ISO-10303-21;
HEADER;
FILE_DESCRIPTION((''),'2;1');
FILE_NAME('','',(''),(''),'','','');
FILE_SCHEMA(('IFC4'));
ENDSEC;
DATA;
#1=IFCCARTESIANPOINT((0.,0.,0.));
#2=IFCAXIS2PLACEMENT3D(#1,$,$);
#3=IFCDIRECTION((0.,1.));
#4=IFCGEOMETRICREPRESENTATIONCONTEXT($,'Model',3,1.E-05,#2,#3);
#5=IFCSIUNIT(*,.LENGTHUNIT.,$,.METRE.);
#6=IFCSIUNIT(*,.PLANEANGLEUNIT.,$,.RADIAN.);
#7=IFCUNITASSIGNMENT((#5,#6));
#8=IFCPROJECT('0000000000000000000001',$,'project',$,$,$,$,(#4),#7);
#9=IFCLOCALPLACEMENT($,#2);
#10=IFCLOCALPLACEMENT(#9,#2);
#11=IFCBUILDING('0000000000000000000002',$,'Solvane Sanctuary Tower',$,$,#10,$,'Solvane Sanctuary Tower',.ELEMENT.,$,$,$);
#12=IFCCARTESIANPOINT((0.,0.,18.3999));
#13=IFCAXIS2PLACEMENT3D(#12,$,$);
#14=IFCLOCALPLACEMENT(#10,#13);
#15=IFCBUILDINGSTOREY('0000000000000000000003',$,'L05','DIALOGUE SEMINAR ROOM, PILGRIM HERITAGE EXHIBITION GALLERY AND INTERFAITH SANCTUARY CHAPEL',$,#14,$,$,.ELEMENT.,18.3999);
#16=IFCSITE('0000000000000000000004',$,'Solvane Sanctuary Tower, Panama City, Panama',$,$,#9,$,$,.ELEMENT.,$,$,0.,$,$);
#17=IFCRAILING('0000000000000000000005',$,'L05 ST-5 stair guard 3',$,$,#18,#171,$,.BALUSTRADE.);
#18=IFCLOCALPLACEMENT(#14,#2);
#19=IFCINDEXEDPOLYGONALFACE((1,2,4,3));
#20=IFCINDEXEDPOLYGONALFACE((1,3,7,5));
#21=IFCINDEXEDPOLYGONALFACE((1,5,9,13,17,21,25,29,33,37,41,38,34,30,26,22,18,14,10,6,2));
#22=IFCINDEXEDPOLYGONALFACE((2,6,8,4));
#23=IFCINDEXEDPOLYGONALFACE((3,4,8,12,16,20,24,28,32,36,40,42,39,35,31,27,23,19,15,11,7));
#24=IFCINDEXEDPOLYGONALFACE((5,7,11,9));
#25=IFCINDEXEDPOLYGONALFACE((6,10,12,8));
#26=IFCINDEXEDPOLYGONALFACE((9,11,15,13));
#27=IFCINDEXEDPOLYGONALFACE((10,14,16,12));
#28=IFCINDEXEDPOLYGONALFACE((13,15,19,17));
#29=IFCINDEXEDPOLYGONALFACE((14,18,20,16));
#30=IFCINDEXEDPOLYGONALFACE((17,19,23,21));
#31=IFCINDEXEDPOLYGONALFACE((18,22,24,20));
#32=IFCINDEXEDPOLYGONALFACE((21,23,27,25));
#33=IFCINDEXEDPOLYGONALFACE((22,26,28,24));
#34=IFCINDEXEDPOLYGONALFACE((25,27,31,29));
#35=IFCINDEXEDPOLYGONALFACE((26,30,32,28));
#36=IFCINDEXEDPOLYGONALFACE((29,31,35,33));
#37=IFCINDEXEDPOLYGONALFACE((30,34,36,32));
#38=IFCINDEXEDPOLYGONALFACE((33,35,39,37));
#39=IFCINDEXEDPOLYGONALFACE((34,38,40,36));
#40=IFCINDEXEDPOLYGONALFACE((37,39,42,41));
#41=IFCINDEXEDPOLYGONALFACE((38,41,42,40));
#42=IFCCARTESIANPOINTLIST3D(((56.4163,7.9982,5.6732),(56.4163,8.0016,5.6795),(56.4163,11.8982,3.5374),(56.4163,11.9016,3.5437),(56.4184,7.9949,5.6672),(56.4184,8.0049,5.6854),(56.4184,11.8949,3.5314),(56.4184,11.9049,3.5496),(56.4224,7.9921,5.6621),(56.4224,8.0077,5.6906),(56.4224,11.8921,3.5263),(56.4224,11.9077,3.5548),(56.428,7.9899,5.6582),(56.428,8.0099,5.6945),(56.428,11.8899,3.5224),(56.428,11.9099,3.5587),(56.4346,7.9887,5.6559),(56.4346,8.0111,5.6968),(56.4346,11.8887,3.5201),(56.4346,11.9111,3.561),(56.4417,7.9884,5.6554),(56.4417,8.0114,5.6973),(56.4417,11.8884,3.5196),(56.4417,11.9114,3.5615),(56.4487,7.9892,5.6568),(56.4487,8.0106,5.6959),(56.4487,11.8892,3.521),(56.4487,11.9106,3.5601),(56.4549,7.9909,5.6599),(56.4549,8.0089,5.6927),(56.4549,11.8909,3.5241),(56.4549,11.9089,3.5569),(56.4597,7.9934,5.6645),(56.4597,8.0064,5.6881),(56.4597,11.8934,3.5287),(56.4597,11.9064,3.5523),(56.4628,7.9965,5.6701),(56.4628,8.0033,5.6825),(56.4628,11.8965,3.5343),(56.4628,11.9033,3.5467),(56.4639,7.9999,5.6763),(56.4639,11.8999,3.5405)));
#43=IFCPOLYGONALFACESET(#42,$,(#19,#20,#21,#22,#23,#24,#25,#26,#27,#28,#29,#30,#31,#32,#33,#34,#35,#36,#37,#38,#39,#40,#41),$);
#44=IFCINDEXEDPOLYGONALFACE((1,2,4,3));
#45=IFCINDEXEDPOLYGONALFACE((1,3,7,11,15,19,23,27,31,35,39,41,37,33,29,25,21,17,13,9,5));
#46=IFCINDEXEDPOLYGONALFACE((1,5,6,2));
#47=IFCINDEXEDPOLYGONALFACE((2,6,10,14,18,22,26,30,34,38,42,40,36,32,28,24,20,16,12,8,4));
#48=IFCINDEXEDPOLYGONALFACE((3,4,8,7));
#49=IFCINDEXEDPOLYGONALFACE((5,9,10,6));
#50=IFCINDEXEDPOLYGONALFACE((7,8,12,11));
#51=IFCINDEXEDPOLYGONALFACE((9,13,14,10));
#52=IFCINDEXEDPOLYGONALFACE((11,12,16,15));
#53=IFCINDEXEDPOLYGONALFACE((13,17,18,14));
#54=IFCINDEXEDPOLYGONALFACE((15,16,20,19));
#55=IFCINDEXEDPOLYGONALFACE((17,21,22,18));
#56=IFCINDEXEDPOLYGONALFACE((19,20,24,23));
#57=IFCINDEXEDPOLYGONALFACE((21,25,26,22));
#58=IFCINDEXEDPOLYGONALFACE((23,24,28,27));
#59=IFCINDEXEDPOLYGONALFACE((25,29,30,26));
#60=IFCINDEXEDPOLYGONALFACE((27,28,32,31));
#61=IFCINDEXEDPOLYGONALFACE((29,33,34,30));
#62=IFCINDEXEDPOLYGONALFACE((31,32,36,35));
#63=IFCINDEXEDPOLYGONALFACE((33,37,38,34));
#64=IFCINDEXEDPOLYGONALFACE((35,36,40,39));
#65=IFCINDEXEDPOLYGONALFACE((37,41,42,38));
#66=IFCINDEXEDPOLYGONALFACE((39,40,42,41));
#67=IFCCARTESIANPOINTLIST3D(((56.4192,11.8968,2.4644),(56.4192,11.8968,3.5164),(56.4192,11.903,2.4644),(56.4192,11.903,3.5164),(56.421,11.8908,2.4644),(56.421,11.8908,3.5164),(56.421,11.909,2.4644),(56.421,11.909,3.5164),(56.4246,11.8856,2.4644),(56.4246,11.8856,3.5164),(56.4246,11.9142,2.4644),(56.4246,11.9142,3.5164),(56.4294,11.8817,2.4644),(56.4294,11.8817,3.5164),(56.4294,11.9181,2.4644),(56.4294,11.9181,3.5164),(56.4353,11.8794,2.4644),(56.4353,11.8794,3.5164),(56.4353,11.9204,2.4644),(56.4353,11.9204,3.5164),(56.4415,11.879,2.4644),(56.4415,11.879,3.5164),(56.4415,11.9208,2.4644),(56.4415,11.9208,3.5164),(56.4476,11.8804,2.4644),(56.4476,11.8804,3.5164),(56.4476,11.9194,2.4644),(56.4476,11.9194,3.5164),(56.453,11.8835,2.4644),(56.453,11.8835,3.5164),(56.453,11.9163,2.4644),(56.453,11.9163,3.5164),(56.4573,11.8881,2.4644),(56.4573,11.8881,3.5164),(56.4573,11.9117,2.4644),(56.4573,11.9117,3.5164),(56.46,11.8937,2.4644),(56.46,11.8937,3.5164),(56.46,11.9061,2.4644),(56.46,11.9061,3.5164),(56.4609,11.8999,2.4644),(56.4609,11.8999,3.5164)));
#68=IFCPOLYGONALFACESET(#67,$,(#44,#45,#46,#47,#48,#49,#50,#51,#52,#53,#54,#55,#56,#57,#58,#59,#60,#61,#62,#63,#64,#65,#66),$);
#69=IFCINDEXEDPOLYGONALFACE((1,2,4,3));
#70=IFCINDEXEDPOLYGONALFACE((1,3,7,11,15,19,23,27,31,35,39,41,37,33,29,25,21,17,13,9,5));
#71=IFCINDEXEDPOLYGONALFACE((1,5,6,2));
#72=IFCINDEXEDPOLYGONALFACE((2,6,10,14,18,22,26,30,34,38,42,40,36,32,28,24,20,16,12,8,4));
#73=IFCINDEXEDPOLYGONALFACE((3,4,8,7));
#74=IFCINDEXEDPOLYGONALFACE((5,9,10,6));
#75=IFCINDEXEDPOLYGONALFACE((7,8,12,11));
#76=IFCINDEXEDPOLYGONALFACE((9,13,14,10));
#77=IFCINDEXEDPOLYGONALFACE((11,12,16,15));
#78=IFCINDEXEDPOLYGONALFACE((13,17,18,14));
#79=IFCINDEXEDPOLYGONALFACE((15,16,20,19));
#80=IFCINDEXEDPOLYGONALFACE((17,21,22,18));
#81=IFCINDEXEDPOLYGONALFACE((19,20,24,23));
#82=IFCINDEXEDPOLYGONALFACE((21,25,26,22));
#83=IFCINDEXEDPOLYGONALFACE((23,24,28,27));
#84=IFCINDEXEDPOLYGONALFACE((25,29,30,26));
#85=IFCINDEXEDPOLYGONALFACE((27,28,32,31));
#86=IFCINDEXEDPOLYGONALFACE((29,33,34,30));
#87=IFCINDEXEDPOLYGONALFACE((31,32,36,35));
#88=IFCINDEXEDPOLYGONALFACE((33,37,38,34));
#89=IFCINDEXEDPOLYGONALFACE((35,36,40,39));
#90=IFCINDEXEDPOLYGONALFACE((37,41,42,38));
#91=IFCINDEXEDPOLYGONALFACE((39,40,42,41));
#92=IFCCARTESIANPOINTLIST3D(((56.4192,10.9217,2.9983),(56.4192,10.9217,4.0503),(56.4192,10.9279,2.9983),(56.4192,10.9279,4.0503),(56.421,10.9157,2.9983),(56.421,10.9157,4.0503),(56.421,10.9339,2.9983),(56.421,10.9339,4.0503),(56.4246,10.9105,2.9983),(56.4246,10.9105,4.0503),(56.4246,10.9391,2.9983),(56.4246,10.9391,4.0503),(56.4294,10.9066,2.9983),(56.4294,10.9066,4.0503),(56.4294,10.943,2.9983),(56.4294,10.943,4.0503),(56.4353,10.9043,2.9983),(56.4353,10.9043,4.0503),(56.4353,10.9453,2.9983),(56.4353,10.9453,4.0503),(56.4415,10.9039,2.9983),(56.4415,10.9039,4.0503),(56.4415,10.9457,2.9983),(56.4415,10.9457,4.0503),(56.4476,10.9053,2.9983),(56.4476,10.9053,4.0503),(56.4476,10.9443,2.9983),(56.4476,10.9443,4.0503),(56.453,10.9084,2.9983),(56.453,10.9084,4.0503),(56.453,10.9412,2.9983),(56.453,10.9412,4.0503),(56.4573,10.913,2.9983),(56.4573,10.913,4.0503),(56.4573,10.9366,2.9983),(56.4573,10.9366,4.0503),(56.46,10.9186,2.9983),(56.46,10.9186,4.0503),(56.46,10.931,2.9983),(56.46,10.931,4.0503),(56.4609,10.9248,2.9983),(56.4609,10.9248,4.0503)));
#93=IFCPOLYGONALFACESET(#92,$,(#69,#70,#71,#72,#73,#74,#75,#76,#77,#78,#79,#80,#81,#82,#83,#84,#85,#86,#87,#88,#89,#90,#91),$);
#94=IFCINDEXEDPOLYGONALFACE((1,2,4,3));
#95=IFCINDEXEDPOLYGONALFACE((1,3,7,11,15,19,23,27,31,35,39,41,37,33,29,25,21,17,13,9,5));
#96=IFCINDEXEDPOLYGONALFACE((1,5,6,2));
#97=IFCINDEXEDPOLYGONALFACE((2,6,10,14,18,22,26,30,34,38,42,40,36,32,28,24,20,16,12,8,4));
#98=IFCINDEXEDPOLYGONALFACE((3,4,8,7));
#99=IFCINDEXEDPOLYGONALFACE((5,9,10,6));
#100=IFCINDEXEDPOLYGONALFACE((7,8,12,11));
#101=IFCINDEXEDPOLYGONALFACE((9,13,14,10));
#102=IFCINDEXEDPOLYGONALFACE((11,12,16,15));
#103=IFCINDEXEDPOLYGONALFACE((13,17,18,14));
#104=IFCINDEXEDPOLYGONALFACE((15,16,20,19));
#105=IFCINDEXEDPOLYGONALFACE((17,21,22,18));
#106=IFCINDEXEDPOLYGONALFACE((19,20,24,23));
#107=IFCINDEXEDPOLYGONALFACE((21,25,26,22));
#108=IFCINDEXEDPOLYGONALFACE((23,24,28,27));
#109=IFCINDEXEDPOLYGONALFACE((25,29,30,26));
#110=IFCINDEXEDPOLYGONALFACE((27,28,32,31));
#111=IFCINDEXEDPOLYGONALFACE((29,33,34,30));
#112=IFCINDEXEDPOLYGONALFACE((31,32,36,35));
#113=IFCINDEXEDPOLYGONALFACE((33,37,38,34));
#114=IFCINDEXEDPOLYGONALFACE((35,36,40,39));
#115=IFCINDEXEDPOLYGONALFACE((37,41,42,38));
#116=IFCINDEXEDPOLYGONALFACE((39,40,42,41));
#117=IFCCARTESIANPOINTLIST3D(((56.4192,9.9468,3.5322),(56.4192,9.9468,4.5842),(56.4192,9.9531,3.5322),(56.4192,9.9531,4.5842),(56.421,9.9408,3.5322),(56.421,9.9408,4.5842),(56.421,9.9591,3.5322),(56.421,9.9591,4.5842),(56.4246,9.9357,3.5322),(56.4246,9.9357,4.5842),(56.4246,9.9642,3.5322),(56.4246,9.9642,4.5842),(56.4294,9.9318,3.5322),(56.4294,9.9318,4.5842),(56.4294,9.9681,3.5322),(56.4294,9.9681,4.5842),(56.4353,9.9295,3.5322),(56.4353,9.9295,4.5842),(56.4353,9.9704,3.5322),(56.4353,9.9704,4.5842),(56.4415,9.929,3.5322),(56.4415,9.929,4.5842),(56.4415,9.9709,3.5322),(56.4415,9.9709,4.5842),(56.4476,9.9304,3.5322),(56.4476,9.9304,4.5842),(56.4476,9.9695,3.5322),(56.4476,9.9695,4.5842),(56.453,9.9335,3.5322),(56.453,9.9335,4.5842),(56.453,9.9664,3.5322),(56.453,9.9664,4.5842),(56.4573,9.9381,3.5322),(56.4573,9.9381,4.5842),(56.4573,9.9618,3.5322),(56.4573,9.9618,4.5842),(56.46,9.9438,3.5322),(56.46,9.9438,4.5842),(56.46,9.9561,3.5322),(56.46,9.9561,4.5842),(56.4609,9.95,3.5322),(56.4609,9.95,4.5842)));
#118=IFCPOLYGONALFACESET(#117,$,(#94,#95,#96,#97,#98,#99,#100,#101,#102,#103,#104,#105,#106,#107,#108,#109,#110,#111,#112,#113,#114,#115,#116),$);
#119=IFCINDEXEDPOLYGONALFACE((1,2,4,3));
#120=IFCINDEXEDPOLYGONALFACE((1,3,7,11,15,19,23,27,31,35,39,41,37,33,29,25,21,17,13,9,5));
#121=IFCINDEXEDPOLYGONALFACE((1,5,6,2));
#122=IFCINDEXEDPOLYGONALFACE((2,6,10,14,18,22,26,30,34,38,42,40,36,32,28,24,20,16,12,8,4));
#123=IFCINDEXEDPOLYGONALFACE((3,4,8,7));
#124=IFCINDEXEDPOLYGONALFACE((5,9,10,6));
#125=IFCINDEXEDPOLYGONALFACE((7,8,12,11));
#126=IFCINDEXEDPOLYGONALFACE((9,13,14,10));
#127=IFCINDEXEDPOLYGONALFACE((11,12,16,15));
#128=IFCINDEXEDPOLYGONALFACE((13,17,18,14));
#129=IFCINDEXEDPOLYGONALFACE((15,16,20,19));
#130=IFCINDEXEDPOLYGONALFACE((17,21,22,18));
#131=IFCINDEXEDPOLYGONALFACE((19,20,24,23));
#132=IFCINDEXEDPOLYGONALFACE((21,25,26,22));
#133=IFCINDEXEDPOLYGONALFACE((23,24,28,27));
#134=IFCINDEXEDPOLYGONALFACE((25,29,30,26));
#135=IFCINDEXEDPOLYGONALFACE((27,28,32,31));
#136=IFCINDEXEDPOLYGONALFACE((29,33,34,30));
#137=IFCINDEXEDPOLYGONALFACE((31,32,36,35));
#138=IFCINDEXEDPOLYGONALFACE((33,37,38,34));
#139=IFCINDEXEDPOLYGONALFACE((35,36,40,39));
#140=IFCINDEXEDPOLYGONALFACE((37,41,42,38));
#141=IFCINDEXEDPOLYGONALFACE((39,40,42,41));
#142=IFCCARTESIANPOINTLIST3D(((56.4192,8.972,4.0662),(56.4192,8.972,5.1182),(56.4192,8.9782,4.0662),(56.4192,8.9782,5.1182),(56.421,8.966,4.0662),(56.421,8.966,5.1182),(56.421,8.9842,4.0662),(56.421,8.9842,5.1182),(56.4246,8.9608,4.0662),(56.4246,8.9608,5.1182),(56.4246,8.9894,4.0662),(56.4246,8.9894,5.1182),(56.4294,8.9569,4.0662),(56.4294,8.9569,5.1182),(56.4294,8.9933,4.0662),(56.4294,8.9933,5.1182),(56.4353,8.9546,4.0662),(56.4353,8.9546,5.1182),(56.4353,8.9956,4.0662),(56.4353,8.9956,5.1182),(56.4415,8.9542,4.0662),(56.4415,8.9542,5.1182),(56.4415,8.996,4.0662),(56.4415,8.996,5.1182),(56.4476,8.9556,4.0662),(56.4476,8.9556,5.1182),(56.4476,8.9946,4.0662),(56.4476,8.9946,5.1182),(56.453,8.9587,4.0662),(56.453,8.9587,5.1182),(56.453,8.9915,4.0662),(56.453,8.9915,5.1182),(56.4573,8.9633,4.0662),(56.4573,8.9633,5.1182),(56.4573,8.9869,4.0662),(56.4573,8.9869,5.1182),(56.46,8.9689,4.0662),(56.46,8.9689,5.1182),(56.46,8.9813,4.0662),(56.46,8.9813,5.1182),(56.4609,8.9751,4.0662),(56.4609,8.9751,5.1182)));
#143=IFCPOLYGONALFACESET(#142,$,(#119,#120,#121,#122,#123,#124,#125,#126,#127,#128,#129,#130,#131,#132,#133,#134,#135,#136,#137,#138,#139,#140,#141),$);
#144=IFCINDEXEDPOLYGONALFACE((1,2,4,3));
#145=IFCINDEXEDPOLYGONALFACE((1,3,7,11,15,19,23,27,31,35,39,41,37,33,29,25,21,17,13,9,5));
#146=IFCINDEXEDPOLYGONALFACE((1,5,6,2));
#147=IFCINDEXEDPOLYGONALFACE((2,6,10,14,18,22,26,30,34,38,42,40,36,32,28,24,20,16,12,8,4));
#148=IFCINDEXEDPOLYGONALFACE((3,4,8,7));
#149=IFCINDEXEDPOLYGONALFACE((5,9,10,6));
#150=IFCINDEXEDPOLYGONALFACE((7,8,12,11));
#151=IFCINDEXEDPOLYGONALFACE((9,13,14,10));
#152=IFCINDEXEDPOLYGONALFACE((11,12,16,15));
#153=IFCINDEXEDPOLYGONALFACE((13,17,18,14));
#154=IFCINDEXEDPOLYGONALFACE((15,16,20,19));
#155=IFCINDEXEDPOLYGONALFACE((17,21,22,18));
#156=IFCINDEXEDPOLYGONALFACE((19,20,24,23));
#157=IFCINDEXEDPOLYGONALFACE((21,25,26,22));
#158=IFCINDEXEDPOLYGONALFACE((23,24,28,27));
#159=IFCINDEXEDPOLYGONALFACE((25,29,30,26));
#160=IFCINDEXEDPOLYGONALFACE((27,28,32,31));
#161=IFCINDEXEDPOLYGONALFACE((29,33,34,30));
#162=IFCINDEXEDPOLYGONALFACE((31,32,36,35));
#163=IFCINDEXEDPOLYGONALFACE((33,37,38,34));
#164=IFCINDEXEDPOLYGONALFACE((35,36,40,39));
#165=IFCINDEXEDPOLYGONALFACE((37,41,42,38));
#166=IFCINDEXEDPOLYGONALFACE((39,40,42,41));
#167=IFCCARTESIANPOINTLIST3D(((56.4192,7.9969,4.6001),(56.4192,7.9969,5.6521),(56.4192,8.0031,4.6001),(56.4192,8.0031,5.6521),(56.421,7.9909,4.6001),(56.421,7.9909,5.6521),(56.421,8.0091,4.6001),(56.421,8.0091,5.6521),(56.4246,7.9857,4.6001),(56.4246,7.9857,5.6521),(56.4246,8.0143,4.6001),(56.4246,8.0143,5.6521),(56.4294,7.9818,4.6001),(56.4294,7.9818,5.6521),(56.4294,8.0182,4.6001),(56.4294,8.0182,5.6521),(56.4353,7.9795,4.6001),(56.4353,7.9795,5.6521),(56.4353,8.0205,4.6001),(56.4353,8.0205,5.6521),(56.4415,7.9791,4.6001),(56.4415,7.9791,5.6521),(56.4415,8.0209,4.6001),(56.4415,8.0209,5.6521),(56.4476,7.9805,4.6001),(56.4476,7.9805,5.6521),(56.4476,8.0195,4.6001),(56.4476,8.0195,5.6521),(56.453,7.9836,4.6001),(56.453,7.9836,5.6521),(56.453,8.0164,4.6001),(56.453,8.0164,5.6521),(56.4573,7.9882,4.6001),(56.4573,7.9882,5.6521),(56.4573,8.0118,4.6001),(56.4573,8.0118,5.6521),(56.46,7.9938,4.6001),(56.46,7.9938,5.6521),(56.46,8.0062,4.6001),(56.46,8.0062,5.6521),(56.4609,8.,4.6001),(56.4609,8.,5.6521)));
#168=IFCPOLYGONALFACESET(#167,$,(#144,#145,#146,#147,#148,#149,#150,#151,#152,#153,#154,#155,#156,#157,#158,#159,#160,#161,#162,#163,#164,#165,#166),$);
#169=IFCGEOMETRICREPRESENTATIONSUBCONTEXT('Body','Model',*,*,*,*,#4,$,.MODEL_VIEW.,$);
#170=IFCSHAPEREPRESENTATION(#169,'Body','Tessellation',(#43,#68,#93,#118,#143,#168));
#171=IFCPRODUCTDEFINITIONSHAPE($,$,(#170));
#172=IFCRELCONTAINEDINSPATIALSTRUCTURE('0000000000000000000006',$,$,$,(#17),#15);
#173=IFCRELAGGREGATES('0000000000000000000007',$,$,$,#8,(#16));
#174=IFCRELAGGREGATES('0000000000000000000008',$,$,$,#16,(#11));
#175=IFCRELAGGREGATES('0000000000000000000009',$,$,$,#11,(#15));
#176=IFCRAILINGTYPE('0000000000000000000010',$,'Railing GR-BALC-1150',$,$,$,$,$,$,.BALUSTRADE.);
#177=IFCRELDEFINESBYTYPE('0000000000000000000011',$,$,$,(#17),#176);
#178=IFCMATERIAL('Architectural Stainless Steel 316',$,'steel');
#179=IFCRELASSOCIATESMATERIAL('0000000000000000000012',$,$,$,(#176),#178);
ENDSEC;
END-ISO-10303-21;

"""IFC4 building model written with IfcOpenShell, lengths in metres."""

from ifc_helpers import new_model, si_unit, direction, frame, origin, origin_2d, place, context, subcontext, project, spatial, circle, extrude, material, type_object, element, save


model = new_model("IFC4")

# Units and contexts
model_context = context("Model", 3, precision=1e-05, world=origin(), true_north=direction((0.0, 1.0)))
body_context = subcontext(model_context, "Body", "Model", "MODEL_VIEW")
ifc_project = project(units=[si_unit("LENGTHUNIT", "METRE"), si_unit("PLANEANGLEUNIT", "RADIAN")], contexts=[model_context])

# Site, building, storey
site_placement = place(None, origin())
site = spatial("IfcSite", under=ifc_project, at=site_placement, Name="Solvane Sanctuary Tower, Panama City, Panama", CompositionType="ELEMENT", RefElevation=0.0)
building_placement = place(site_placement, origin())
building = spatial("IfcBuilding", under=site, at=building_placement, Name="Solvane Sanctuary Tower", LongName="Solvane Sanctuary Tower", CompositionType="ELEMENT")
storey_placement = place(building_placement, frame((0.0, 0.0, 18.3999)))
storey = spatial("IfcBuildingStorey", under=building, at=storey_placement, Name="L05", Description="DIALOGUE SEMINAR ROOM, PILGRIM HERITAGE EXHIBITION GALLERY AND INTERFAITH SANCTUARY CHAPEL", CompositionType="ELEMENT", Elevation=18.3999)

# Shared definitions
ifc_material_1 = material(Name="Architectural Stainless Steel 316", Category="steel")

# Railing
railing_type_1 = type_object("IfcRailingType", Name="Railing GR-BALC-1150", PredefinedType="BALUSTRADE", material=ifc_material_1)
railing_1_placement = place(storey_placement, frame((56.4399, 11.8999, 2.4644)))
element("IfcRailing", 1, at=railing_1_placement, inside=storey, type_object=railing_type_1, Name="L05 ST-5 stair guard 3", PredefinedType="BALUSTRADE", context=body_context, shape_type="SweptSolid", body=[
    extrude(circle(Radius=0.0239, at=origin_2d()), frame((0.0, 0.0, 1.0762), z_axis=(0.0, -0.877089, 0.480329), x_axis=(1.0, 0.0, 0.0)), (0.0, 0.0, 1.0), 4.4465),
    extrude(circle(Radius=0.021, at=origin_2d()), origin(), (0.0, 0.0, 1.0), 1.052),
    extrude(circle(Radius=0.021, at=origin_2d()), frame((0.0, -0.9751, 0.5339)), (0.0, 0.0, 1.0), 1.052),
    extrude(circle(Radius=0.021, at=origin_2d()), frame((0.0, -1.95, 1.0679)), (0.0, 0.0, 1.0), 1.052),
    extrude(circle(Radius=0.021, at=origin_2d()), frame((0.0, -2.9248, 1.6018)), (0.0, 0.0, 1.0), 1.052),
    extrude(circle(Radius=0.021, at=origin_2d()), frame((0.0, -3.8999, 2.1357)), (0.0, 0.0, 1.0), 1.052),
])

save(model, "model.ifc")
